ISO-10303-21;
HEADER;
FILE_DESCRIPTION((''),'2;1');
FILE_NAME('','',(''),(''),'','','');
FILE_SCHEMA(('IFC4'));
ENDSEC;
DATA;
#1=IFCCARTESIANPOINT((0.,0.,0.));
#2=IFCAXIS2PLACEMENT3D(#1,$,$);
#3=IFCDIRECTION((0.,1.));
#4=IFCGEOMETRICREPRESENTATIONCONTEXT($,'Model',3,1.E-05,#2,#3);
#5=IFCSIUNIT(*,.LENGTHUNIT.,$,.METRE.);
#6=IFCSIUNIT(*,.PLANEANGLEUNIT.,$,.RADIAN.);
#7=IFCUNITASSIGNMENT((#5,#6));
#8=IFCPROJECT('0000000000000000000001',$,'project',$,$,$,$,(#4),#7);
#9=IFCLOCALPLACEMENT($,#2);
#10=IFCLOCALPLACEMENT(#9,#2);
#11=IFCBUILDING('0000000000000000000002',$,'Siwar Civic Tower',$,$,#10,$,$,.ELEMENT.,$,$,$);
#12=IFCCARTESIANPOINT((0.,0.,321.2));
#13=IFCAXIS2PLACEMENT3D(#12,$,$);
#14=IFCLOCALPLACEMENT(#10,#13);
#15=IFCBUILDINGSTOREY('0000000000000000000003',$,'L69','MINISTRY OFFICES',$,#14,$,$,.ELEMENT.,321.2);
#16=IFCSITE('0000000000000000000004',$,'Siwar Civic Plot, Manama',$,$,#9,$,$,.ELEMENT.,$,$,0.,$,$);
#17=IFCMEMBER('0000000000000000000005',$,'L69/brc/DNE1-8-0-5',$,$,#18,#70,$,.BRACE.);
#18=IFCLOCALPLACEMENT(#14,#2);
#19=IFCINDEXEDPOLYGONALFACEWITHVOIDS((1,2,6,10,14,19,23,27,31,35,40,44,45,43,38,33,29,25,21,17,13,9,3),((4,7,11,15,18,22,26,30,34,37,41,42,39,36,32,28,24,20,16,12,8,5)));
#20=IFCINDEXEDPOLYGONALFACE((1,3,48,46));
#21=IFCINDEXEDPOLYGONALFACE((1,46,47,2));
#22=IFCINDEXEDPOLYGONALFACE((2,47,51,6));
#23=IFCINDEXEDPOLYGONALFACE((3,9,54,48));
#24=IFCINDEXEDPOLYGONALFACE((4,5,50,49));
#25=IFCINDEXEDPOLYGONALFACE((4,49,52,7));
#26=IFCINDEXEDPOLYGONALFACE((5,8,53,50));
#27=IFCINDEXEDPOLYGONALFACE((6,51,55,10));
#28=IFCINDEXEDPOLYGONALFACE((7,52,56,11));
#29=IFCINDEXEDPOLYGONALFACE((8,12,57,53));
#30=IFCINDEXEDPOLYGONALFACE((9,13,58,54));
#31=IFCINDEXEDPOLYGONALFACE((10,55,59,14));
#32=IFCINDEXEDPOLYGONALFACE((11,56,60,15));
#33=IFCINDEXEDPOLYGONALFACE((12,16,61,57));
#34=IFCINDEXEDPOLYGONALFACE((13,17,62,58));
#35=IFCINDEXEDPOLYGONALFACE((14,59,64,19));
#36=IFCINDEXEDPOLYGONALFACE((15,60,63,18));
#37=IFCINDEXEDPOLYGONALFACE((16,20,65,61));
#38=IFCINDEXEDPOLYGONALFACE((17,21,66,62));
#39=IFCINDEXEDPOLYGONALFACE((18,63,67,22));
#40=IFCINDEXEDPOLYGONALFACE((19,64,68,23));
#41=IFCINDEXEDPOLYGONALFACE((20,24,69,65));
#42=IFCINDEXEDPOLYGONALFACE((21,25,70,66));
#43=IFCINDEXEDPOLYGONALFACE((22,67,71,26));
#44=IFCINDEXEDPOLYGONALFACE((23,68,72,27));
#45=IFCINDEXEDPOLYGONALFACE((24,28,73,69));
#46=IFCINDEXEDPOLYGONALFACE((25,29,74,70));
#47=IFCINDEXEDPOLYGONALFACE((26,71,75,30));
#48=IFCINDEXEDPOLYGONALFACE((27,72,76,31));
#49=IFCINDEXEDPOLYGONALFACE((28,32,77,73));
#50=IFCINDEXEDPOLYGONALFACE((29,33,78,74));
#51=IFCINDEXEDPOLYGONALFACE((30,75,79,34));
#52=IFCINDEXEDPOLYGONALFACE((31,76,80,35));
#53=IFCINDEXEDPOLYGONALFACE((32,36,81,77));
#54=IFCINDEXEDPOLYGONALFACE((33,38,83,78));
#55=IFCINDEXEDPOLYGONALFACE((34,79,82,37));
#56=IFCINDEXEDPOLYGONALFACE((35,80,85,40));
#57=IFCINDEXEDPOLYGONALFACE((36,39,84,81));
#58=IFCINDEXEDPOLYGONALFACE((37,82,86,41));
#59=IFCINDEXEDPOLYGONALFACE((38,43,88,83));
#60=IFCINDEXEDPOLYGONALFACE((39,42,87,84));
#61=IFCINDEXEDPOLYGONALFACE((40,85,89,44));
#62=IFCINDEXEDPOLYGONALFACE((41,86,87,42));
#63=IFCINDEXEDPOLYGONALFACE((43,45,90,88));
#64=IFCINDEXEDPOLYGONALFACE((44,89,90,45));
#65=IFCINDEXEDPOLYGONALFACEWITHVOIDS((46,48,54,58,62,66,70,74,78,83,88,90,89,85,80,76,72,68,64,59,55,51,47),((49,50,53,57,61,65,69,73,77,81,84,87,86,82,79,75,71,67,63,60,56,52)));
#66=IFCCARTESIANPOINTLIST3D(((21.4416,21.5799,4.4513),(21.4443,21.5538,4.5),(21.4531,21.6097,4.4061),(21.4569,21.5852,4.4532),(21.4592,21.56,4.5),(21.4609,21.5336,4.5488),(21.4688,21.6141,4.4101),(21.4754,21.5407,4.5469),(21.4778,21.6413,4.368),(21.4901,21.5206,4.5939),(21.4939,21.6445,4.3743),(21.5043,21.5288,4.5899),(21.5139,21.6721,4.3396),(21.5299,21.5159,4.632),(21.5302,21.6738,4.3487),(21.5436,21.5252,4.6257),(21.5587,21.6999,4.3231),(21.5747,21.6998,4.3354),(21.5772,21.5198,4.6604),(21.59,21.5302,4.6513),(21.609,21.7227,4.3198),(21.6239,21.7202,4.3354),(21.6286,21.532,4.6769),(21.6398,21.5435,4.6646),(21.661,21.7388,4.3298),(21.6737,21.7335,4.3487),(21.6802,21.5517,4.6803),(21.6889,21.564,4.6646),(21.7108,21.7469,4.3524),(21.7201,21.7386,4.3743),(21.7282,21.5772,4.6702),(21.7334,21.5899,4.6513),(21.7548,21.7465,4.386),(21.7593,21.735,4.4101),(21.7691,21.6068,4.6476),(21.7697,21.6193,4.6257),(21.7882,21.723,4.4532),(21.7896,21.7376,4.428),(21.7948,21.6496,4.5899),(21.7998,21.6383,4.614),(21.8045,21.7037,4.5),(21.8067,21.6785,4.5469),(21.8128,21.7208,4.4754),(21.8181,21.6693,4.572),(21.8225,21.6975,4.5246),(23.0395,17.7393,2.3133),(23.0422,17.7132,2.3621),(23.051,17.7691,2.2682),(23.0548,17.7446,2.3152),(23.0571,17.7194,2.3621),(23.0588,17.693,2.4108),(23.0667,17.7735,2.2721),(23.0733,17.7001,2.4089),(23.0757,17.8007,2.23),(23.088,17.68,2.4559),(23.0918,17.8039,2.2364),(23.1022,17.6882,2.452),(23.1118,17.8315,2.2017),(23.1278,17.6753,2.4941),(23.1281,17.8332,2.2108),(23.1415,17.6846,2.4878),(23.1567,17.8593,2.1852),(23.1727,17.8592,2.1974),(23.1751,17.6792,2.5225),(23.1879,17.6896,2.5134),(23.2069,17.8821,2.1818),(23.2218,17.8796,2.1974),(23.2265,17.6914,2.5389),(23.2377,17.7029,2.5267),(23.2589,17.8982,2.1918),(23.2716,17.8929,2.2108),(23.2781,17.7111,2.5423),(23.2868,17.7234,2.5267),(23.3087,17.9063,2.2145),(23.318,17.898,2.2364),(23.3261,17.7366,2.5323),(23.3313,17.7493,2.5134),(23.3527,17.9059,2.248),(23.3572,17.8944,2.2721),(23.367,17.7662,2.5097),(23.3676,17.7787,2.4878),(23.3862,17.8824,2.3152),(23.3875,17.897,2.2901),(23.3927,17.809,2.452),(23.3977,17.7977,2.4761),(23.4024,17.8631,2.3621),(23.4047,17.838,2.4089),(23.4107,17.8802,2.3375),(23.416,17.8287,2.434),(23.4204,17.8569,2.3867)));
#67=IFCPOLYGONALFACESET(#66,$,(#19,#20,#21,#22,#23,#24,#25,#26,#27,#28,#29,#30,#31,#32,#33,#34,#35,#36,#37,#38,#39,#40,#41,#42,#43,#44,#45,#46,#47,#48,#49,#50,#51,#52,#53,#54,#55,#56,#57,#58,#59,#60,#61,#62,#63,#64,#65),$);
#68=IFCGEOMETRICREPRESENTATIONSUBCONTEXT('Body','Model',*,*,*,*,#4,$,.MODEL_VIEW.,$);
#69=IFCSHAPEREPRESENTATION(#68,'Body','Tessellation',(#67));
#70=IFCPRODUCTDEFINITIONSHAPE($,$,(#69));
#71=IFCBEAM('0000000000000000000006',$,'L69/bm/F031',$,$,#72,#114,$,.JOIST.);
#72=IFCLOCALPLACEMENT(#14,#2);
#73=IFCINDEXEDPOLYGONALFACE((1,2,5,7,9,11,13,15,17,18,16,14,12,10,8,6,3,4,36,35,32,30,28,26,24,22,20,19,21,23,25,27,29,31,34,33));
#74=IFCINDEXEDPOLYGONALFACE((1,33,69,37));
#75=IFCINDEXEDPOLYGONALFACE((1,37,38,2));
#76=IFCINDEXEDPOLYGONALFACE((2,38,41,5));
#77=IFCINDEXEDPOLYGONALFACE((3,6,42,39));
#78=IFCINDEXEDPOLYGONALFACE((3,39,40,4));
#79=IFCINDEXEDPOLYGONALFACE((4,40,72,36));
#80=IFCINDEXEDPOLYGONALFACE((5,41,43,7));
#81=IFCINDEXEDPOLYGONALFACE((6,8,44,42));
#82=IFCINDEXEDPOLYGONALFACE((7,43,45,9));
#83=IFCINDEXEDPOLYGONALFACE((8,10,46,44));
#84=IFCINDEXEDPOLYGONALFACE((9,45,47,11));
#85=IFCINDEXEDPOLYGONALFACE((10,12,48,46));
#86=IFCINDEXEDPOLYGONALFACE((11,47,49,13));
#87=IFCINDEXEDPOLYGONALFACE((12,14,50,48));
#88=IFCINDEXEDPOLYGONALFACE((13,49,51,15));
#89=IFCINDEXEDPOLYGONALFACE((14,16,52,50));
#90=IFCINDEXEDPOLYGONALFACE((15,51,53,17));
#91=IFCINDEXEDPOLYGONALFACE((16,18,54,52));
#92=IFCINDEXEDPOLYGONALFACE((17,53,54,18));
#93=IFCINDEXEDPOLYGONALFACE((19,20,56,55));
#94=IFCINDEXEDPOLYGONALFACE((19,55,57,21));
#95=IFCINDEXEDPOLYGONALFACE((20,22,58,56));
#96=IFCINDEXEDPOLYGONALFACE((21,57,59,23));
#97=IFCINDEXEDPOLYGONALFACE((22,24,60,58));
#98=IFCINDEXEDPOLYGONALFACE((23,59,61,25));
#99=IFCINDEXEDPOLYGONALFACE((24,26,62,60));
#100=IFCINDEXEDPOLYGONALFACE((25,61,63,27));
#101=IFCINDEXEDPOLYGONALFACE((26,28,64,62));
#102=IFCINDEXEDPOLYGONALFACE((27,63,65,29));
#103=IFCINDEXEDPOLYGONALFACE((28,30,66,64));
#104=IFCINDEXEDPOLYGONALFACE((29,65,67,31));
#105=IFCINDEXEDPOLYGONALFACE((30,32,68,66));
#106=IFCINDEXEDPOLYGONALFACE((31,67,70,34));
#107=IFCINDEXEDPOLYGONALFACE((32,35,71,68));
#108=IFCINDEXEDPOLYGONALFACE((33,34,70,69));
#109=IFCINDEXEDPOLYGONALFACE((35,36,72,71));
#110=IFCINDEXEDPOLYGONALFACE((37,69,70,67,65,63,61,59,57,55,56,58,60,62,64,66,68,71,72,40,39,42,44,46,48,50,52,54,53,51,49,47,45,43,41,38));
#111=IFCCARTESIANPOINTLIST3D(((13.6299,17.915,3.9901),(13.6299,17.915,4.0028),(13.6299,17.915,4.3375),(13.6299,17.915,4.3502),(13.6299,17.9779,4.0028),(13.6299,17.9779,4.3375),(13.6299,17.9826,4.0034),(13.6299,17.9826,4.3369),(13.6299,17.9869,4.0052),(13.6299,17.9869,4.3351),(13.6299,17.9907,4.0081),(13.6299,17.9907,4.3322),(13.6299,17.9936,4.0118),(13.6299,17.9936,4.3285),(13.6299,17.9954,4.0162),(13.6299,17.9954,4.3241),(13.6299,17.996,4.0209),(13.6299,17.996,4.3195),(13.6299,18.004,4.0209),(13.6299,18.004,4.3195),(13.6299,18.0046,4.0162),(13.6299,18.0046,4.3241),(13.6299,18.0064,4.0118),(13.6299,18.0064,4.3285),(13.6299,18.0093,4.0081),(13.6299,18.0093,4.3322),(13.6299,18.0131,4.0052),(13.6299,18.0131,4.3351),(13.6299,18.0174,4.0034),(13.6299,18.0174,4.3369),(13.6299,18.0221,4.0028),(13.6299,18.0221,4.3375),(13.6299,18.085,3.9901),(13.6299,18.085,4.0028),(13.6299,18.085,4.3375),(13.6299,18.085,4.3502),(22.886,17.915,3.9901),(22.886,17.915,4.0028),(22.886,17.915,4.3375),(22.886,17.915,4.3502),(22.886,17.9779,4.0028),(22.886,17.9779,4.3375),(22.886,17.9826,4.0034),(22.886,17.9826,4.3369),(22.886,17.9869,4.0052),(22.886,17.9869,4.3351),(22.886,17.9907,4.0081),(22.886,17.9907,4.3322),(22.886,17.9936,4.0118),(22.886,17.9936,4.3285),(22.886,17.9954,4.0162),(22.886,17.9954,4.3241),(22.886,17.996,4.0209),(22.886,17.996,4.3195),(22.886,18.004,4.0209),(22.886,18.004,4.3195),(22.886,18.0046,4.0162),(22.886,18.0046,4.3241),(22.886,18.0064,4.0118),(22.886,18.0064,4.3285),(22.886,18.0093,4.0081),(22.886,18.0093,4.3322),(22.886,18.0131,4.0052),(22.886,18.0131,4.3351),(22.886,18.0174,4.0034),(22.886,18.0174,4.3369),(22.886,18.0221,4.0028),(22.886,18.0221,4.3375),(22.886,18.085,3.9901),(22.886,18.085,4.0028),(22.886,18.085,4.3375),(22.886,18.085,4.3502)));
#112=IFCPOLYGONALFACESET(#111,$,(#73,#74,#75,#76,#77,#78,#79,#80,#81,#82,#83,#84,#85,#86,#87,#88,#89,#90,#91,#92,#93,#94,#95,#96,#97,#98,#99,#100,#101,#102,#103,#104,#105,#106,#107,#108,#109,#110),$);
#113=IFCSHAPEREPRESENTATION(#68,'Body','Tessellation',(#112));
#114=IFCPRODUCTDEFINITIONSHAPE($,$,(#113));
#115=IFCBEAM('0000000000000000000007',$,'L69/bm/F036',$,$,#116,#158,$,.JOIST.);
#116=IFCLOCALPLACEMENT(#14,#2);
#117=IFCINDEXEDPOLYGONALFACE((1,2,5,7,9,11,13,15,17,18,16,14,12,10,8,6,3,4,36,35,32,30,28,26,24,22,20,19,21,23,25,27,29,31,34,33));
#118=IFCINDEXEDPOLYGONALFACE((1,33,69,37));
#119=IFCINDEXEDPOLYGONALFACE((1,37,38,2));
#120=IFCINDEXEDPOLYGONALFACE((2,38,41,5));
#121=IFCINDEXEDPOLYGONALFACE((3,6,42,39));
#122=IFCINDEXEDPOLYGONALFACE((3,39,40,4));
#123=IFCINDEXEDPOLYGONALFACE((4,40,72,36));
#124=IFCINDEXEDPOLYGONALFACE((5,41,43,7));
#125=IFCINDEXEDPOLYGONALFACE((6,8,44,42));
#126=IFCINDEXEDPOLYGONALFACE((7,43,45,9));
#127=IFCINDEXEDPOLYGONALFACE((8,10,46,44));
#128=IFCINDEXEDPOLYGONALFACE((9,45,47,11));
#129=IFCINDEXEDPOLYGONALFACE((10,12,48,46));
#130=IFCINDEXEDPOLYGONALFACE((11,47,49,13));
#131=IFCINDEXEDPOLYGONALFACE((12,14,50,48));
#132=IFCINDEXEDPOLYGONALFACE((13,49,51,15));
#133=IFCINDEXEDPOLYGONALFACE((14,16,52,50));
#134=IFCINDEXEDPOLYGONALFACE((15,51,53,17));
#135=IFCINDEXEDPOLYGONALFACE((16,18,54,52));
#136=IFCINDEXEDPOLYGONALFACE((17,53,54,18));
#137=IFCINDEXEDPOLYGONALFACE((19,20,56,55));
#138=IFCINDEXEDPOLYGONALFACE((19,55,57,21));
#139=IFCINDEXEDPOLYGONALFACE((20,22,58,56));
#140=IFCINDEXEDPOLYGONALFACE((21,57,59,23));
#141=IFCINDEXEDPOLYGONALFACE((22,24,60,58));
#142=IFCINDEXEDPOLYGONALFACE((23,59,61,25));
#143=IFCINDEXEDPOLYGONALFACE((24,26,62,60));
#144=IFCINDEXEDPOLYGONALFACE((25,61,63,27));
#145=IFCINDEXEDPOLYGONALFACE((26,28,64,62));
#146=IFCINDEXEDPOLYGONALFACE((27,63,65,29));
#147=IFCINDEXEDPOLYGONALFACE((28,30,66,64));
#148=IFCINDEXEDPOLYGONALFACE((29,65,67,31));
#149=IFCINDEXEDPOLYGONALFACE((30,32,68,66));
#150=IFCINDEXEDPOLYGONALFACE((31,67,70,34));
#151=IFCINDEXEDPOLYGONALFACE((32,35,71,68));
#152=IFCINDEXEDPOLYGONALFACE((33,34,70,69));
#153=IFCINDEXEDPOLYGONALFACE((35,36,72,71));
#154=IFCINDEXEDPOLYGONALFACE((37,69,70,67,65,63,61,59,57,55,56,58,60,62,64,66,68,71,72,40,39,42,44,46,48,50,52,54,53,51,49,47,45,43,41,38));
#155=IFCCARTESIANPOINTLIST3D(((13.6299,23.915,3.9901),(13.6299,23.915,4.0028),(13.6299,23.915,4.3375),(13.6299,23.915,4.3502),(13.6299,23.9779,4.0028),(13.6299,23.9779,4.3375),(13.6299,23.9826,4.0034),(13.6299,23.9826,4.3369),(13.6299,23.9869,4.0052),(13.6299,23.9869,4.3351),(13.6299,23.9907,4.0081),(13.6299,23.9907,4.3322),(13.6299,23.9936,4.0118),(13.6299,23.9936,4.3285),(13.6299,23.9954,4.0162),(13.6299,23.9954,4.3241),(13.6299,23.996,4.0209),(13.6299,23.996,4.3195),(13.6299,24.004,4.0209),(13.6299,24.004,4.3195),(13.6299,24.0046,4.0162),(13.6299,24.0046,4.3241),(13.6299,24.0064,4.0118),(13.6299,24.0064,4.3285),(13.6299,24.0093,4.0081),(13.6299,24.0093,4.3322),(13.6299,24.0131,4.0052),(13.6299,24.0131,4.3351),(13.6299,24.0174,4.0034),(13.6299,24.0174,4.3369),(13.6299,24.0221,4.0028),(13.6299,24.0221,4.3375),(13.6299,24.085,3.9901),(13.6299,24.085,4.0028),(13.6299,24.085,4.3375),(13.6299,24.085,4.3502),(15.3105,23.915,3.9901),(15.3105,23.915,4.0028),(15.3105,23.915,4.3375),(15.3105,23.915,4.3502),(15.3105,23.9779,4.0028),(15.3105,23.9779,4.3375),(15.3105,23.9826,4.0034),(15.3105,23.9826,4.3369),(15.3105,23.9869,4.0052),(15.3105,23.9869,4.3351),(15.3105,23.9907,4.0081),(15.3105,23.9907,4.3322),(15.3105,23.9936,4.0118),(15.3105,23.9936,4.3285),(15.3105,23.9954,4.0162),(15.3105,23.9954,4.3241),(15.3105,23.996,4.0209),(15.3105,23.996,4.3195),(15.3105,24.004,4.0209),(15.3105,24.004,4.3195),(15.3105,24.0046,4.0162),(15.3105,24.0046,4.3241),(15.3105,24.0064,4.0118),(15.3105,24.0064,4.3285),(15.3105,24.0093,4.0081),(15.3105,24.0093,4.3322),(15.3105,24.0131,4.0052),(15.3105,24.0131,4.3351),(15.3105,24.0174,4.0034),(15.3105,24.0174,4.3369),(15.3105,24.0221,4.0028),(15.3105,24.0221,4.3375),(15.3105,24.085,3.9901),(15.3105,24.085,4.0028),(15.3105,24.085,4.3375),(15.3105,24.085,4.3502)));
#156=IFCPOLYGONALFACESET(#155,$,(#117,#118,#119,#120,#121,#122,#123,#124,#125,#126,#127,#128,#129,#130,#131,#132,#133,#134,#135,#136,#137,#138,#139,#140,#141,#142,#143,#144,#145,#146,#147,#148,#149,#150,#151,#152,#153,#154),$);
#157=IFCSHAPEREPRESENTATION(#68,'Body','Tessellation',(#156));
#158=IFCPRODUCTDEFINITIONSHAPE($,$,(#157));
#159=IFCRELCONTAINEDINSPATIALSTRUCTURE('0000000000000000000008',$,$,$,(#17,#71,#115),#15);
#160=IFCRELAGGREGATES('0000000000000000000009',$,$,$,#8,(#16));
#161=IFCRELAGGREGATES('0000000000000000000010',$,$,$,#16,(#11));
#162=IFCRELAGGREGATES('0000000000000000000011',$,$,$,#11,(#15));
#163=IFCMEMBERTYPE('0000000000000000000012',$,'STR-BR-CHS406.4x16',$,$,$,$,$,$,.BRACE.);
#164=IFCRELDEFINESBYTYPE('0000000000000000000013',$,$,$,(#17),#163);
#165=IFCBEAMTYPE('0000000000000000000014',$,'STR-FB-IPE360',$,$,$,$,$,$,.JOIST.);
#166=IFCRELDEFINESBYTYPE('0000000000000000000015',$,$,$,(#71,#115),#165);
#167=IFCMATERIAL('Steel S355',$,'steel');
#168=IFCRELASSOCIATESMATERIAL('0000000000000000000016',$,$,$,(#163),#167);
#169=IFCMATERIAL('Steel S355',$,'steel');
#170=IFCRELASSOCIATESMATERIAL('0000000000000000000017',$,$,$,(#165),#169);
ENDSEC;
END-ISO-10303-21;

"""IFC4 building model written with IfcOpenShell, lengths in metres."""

from ifc_helpers import new_model, si_unit, direction, frame, origin, origin_2d, place, context, subcontext, project, spatial, hollow_circle, i_section, extrude, material, material_profile, profile_set, type_object, element, save


model = new_model("IFC4")

# Units and contexts
model_context = context("Model", 3, precision=1e-05, world=origin(), true_north=direction((0.0, 1.0)))
body_context = subcontext(model_context, "Body", "Model", "MODEL_VIEW")
ifc_project = project(units=[si_unit("LENGTHUNIT", "METRE"), si_unit("PLANEANGLEUNIT", "RADIAN")], contexts=[model_context])

# Site, building, storey
site_placement = place(None, origin())
site = spatial("IfcSite", under=ifc_project, at=site_placement, Name="Siwar Civic Plot, Manama", CompositionType="ELEMENT", RefElevation=0.0)
building_placement = place(site_placement, origin())
building = spatial("IfcBuilding", under=site, at=building_placement, Name="Siwar Civic Tower", CompositionType="ELEMENT")
storey_placement = place(building_placement, frame((0.0, 0.0, 321.2)))
storey = spatial("IfcBuildingStorey", under=building, at=storey_placement, Name="L69", Description="MINISTRY OFFICES", CompositionType="ELEMENT", Elevation=321.2)

# Member
ifc_material_1 = material(Name="Steel S355", Category="steel")
ifc_material_profile_1 = material_profile(ifc_material_1, hollow_circle(Radius=0.2031, WallThickness=0.0161, at=origin_2d()), Name="CHS406.4x16")
ifc_profile_set_1 = profile_set([ifc_material_profile_1], Name="Steel S355")
member_type_1 = type_object("IfcMemberType", Name="STR-BR-CHS406.4x16", PredefinedType="BRACE", material=ifc_profile_set_1)
for number, where, z_axis, x_axis, name in (
    (1, (23.2297, 17.7913, 2.3621), (-0.341653, 0.821167, 0.45712), (-0.923276, -0.384136, 0.0), "L69/brc/DNE1-8-0-5"),
):
    element("IfcMember", number, at=place(storey_placement, frame(where, z_axis=z_axis, x_axis=x_axis)), inside=storey, type_object=member_type_1, Name=name, PredefinedType="BRACE", context=body_context, shape_type="SweptSolid", body=[
        extrude(hollow_circle(Radius=0.2031, WallThickness=0.0161, at=origin_2d()), origin(), (0.0, 0.0, 1.0), 4.677),
    ])

# Beams
ifc_material_2 = material(Name="Steel S355", Category="steel")
ifc_material_profile_2 = material_profile(ifc_material_2, i_section(OverallWidth=0.1699, OverallDepth=0.3601, WebThickness=0.0081, FlangeThickness=0.0127, FilletRadius=0.0181, at=origin_2d()), Name="IPE360")
ifc_profile_set_2 = profile_set([ifc_material_profile_2], Name="Steel S355")
beam_type_1 = type_object("IfcBeamType", Name="STR-FB-IPE360", PredefinedType="JOIST", material=ifc_profile_set_2)
beam_1_placement = place(storey_placement, frame((13.6299, 18.0, 4.1702), z_axis=(1.0, 0.0, 0.0), x_axis=(0.0, 1.0, 0.0)))
element("IfcBeam", 2, at=beam_1_placement, inside=storey, type_object=beam_type_1, Name="L69/bm/F031", PredefinedType="JOIST", context=body_context, shape_type="SweptSolid", body=[
    extrude(i_section(OverallWidth=0.1699, OverallDepth=0.3601, WebThickness=0.0081, FlangeThickness=0.0127, FilletRadius=0.0181, at=origin_2d()), origin(), (0.0, 0.0, 1.0), 9.2561),
])
beam_2_placement = place(storey_placement, frame((13.6299, 24.0, 4.1702), z_axis=(1.0, 0.0, 0.0), x_axis=(0.0, 1.0, 0.0)))
element("IfcBeam", 3, at=beam_2_placement, inside=storey, type_object=beam_type_1, Name="L69/bm/F036", PredefinedType="JOIST", context=body_context, shape_type="SweptSolid", body=[
    extrude(i_section(OverallWidth=0.1699, OverallDepth=0.3601, WebThickness=0.0081, FlangeThickness=0.0127, FilletRadius=0.0181, at=origin_2d()), origin(), (0.0, 0.0, 1.0), 1.6807),
])

save(model, "model.ifc")
